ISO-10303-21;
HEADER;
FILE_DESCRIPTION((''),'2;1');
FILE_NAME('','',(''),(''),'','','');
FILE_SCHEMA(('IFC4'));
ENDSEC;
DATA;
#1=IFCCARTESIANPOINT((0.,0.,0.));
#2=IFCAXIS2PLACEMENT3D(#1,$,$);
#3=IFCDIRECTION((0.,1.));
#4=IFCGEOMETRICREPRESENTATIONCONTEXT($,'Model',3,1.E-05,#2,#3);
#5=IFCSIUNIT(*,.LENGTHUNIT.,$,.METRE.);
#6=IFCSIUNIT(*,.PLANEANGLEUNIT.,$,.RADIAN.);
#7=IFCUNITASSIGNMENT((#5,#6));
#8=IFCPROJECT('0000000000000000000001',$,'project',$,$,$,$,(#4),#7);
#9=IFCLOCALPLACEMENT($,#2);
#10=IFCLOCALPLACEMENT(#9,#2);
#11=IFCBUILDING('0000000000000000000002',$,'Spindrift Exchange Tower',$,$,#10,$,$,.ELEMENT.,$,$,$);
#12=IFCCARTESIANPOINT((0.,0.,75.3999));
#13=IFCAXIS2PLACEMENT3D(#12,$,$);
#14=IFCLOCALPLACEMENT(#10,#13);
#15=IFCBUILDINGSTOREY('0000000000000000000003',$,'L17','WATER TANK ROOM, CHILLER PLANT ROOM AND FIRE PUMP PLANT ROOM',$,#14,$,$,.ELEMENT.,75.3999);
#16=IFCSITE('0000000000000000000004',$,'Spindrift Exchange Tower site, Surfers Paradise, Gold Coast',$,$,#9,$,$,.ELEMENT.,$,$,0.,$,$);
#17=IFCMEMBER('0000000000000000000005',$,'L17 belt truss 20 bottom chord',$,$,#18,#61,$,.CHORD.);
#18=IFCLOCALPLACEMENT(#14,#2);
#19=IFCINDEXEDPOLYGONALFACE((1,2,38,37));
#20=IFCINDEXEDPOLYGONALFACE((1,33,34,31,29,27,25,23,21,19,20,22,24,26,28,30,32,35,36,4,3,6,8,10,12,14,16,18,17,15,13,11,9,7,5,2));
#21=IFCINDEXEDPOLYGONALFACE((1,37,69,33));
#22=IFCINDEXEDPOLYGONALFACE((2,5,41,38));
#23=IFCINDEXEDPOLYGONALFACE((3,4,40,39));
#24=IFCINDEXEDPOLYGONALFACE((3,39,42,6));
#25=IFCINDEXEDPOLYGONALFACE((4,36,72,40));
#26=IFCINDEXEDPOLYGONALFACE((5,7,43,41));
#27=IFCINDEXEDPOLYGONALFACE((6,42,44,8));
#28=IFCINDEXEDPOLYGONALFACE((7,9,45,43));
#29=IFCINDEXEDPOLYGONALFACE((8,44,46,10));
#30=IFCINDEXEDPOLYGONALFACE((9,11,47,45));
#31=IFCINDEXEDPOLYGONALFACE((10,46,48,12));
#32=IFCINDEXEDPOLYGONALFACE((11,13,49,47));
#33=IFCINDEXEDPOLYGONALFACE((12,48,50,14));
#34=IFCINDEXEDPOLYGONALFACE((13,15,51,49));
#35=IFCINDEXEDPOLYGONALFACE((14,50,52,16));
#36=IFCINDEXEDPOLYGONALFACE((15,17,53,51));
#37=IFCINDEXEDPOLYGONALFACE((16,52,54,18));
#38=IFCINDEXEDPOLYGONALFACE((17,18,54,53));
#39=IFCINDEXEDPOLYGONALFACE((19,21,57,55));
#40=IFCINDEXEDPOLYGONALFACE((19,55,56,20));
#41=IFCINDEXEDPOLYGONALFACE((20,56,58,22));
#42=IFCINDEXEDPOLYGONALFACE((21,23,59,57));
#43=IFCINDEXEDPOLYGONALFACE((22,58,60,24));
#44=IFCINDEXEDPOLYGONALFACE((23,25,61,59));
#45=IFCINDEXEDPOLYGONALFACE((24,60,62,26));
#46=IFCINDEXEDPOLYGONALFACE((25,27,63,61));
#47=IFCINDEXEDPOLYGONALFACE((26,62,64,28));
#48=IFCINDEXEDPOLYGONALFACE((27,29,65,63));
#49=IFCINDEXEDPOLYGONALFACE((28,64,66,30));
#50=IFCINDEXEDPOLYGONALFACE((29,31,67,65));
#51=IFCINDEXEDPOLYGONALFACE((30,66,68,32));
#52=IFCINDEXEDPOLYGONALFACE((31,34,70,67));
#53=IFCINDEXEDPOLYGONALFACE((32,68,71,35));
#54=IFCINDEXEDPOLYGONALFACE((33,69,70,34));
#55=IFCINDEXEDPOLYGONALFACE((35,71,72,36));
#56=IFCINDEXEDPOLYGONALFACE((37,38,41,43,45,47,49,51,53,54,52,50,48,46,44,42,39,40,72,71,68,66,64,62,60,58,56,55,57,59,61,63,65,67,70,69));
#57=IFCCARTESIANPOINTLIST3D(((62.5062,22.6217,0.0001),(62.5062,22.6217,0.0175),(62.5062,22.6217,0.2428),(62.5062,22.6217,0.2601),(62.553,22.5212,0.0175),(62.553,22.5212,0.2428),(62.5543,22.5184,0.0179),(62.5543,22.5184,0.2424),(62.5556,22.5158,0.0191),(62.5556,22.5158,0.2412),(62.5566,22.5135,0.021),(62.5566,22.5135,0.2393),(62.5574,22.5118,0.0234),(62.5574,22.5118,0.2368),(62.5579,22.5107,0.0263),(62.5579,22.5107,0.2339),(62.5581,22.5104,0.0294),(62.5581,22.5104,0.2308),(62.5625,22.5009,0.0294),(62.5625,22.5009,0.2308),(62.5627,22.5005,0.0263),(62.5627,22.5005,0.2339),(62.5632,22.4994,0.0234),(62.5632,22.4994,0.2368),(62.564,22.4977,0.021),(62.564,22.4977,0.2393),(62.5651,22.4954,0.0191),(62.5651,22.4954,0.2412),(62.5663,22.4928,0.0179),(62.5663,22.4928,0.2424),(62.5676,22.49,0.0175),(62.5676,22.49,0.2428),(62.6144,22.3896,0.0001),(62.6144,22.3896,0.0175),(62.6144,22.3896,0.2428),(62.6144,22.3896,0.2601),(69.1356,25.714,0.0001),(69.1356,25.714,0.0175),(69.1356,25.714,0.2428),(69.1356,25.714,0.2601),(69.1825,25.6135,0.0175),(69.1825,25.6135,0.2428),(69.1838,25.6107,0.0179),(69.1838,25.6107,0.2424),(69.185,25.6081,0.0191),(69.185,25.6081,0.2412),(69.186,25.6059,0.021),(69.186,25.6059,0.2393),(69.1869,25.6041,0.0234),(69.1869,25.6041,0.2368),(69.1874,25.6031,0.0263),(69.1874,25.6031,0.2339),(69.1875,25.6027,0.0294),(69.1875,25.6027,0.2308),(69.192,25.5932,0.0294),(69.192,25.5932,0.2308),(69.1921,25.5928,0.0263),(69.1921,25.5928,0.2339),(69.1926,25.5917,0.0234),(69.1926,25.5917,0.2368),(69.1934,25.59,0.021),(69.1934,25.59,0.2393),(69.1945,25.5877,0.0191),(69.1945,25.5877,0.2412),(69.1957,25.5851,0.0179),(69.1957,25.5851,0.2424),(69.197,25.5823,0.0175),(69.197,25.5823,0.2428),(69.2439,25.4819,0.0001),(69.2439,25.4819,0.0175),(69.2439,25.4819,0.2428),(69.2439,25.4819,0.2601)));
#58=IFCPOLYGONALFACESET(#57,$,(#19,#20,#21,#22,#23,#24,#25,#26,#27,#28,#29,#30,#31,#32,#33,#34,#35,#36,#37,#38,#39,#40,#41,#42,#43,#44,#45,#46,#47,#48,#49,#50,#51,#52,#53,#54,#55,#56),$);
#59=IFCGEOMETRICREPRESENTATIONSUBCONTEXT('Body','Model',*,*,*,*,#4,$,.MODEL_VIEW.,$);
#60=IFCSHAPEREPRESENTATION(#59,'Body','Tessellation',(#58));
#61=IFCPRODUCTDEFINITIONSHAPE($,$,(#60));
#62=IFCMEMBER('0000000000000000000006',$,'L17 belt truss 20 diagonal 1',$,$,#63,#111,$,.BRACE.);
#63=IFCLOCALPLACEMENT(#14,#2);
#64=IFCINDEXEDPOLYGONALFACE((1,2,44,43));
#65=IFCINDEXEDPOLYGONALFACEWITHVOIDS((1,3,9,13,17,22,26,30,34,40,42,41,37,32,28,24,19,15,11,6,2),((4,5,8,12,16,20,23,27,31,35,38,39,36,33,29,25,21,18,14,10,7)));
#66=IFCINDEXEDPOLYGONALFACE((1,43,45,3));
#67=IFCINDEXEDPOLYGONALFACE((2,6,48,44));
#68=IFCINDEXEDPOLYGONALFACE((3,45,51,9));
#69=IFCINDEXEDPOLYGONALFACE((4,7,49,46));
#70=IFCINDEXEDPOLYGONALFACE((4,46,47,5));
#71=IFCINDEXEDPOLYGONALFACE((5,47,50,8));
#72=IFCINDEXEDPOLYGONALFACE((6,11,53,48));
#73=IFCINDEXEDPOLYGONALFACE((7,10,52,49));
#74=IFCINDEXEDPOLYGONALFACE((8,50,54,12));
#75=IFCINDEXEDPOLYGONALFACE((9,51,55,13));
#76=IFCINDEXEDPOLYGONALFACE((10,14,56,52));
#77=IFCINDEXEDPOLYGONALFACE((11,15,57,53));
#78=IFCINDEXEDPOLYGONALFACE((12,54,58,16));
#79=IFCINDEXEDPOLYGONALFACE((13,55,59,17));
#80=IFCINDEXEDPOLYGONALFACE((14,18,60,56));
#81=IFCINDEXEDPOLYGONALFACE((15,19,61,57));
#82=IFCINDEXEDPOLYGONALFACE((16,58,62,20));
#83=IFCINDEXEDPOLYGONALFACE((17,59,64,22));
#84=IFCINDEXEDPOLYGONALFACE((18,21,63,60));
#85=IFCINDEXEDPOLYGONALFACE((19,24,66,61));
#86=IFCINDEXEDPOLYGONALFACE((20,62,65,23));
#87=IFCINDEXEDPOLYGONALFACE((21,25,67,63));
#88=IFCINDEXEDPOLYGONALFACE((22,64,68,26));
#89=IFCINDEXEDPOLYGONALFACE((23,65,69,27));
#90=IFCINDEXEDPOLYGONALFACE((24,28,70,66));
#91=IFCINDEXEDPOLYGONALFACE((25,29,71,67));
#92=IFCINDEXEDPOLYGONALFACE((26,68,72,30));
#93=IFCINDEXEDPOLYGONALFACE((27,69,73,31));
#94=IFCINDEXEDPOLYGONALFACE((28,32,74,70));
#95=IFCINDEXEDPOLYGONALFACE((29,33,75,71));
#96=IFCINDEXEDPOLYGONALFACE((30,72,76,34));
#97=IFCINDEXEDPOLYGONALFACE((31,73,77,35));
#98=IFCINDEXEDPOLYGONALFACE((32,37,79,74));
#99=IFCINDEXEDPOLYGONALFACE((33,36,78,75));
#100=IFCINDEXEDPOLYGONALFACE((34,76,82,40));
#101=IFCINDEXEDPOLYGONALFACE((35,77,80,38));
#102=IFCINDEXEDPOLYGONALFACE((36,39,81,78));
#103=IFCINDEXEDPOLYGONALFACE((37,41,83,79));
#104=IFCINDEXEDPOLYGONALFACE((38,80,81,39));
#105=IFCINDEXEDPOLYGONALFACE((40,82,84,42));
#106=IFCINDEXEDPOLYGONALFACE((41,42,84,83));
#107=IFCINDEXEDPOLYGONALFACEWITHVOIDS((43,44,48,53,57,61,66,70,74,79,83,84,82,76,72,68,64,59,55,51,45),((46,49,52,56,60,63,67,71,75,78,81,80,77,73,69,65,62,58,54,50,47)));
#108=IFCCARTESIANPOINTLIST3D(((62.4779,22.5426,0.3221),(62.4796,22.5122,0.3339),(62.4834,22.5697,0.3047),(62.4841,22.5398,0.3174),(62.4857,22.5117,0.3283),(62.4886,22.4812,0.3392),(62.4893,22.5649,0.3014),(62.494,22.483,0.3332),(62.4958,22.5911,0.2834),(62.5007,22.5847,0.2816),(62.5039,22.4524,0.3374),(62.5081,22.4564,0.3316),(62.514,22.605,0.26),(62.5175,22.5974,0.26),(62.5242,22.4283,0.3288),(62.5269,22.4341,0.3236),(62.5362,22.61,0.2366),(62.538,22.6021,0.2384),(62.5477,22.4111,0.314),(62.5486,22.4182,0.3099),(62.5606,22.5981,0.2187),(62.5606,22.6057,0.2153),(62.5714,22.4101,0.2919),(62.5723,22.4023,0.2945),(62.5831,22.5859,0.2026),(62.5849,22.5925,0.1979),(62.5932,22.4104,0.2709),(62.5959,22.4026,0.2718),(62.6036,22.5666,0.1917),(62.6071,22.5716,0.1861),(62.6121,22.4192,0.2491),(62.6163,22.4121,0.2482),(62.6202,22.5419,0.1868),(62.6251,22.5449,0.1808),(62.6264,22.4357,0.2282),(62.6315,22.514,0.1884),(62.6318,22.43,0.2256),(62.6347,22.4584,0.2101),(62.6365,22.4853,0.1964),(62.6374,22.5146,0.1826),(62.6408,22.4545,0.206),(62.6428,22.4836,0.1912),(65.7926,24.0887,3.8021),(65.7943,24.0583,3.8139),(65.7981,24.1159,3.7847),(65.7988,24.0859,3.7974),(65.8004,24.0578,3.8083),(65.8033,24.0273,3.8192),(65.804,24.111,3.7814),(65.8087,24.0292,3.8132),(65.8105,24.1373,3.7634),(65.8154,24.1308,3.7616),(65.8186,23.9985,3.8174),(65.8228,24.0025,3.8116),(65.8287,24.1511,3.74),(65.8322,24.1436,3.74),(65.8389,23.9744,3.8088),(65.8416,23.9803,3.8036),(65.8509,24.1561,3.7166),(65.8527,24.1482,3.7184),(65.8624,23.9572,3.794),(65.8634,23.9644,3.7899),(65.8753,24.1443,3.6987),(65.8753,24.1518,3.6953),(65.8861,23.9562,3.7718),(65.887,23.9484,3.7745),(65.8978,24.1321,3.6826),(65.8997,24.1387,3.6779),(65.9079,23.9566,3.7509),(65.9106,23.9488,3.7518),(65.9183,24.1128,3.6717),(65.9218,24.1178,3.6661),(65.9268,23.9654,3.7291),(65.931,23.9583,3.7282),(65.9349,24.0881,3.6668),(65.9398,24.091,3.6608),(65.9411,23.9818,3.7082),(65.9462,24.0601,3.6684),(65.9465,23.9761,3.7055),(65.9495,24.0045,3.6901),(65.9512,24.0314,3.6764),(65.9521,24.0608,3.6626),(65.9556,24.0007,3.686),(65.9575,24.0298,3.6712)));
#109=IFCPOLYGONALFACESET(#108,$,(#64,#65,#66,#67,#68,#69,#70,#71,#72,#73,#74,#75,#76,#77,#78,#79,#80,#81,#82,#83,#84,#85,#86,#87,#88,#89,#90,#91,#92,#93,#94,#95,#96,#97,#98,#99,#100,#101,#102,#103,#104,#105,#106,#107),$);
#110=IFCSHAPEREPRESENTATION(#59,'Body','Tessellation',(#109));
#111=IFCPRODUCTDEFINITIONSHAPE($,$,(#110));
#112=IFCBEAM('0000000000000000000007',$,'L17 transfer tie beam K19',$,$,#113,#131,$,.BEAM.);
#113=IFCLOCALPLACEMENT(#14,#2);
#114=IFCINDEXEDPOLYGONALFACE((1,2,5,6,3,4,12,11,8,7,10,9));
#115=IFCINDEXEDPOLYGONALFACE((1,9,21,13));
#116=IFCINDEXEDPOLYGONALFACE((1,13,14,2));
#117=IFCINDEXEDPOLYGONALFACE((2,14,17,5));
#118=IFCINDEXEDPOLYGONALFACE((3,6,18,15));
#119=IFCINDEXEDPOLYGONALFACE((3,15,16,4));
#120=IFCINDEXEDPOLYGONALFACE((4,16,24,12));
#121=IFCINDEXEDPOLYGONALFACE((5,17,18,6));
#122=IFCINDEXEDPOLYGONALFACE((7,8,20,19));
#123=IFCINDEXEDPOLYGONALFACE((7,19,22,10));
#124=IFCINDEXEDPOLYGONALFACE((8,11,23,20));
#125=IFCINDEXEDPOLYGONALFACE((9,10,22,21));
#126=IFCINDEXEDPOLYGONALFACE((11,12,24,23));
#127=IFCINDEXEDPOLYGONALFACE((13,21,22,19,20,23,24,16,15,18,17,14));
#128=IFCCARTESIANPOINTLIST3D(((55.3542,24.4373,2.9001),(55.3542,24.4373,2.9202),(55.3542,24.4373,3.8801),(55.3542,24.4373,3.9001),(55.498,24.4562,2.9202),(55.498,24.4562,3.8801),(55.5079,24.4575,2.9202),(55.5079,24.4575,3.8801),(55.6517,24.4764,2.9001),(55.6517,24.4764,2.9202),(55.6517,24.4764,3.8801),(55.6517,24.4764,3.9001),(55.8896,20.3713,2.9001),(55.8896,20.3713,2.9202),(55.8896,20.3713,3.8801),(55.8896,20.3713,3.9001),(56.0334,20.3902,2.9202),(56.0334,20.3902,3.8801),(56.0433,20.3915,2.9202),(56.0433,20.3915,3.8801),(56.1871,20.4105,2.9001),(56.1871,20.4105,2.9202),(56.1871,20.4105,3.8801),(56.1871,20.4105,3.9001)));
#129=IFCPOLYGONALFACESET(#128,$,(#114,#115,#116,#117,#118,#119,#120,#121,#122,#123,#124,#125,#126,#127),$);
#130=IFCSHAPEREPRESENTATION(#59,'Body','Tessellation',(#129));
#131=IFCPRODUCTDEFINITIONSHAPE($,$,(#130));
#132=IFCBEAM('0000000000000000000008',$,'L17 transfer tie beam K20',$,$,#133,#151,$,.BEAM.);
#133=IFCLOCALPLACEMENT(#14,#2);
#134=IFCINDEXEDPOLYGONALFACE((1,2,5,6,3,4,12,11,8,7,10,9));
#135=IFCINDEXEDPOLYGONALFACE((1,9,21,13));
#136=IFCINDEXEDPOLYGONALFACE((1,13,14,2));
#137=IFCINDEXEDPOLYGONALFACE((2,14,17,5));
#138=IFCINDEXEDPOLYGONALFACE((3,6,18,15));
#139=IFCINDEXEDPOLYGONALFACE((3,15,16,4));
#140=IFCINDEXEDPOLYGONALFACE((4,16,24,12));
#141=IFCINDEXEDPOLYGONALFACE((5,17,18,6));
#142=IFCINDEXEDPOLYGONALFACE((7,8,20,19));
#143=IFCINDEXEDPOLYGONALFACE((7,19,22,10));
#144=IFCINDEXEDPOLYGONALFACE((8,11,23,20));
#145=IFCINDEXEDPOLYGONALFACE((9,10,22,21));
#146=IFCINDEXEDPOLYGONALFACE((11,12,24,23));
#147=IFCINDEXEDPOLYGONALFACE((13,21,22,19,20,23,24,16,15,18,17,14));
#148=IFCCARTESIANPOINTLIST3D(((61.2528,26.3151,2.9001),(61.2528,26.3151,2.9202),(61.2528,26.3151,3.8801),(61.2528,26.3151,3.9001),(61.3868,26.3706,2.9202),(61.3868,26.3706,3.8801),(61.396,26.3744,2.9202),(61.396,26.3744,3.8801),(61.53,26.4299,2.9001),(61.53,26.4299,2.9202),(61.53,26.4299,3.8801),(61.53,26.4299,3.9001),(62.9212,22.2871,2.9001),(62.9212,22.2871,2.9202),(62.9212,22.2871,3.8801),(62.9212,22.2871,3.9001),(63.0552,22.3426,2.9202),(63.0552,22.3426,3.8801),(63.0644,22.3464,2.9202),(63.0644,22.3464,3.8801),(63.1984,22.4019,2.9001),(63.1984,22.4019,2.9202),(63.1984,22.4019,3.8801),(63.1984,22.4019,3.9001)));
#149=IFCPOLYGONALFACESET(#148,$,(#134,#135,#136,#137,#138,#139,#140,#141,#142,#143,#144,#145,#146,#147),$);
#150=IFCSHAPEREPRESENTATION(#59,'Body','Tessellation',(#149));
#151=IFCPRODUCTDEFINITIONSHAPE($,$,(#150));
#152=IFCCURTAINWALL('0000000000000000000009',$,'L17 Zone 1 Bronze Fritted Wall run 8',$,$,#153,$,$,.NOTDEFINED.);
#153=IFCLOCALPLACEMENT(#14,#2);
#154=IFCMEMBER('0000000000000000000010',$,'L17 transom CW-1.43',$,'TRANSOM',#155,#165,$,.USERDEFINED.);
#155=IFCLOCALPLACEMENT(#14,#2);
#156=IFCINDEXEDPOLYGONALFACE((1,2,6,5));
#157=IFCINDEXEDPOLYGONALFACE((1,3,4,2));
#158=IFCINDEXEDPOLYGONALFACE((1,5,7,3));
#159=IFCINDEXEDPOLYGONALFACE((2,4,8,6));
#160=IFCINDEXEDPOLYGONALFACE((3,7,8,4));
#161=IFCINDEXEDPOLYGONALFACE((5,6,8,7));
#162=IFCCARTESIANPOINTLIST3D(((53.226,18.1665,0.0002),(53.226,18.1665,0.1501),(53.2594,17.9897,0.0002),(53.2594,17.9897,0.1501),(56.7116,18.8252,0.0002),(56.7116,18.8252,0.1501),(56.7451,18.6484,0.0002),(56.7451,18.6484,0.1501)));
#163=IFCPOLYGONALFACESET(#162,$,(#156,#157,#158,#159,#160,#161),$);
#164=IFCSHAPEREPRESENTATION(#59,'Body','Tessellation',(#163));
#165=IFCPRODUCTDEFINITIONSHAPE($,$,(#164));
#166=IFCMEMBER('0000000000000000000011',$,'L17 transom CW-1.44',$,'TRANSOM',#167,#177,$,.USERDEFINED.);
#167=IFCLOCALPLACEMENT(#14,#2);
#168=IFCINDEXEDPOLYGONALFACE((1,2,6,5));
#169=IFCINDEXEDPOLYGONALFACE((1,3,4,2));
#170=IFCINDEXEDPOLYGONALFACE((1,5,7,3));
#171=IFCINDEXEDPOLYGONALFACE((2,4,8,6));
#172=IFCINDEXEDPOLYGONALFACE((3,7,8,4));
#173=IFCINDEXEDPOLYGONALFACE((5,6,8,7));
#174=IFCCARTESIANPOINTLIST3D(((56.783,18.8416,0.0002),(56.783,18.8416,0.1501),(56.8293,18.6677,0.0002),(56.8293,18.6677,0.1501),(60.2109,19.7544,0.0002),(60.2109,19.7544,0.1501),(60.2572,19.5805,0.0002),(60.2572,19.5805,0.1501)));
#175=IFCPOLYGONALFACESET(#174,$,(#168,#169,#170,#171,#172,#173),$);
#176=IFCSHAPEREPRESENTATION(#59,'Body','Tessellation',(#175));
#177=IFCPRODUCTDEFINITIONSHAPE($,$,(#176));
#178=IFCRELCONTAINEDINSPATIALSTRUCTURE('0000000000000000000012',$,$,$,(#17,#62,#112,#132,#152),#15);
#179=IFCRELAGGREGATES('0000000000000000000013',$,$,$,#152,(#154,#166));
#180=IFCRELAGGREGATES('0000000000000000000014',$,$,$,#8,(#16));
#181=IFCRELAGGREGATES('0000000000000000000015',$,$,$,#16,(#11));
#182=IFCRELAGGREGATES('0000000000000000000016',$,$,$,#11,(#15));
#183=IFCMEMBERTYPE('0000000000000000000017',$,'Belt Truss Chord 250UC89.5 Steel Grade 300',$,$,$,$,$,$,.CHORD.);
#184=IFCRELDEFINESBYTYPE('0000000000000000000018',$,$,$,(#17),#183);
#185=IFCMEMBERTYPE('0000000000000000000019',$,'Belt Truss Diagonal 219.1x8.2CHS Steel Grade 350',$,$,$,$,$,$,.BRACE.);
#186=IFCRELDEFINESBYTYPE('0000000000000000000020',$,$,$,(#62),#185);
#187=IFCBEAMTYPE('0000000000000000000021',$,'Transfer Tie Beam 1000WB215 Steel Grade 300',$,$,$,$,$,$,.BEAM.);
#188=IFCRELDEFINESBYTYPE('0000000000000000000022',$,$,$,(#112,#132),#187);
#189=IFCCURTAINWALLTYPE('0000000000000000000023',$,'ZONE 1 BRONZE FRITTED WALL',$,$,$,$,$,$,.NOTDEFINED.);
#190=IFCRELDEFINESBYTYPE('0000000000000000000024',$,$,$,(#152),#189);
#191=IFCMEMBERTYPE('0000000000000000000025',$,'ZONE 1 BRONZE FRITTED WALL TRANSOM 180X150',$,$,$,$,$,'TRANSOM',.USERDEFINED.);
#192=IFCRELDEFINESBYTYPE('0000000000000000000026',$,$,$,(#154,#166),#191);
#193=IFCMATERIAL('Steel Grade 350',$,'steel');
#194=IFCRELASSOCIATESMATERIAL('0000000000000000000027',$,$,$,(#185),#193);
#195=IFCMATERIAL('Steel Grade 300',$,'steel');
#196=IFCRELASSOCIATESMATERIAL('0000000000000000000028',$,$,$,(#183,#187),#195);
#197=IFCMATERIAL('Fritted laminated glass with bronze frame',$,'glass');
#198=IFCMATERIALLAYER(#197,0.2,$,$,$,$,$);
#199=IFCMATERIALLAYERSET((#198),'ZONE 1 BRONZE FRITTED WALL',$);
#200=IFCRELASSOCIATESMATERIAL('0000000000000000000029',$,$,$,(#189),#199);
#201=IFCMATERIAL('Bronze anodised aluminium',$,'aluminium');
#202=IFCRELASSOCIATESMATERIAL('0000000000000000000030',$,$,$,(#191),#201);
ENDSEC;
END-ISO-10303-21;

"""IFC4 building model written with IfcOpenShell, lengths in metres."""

from ifc_helpers import new_model, si_unit, direction, frame, origin, origin_2d, place, context, subcontext, project, spatial, rectangle, hollow_circle, i_section, extrude, source, transform, mapped, material, layer, layer_set, material_profile, profile_set, type_object, element, aggregate, save


model = new_model("IFC4")

# Units and contexts
model_context = context("Model", 3, precision=1e-05, world=origin(), true_north=direction((0.0, 1.0)))
body_context = subcontext(model_context, "Body", "Model", "MODEL_VIEW")
ifc_project = project(units=[si_unit("LENGTHUNIT", "METRE"), si_unit("PLANEANGLEUNIT", "RADIAN")], contexts=[model_context])

# Site, building, storey
site_placement = place(None, origin())
site = spatial("IfcSite", under=ifc_project, at=site_placement, Name="Spindrift Exchange Tower site, Surfers Paradise, Gold Coast", CompositionType="ELEMENT", RefElevation=0.0)
building_placement = place(site_placement, origin())
building = spatial("IfcBuilding", under=site, at=building_placement, Name="Spindrift Exchange Tower", CompositionType="ELEMENT")
storey_placement = place(building_placement, frame((0.0, 0.0, 75.3999)))
storey = spatial("IfcBuildingStorey", under=building, at=storey_placement, Name="L17", Description="WATER TANK ROOM, CHILLER PLANT ROOM AND FIRE PUMP PLANT ROOM", CompositionType="ELEMENT", Elevation=75.3999)

# Shared definitions
ifc_material_1 = material(Name="Steel Grade 300", Category="steel")

# Members
ifc_material_2 = material(Name="Steel Grade 350", Category="steel")
ifc_material_profile_1 = material_profile(ifc_material_2, hollow_circle(Radius=0.1096, WallThickness=0.0083, at=origin_2d()), Name="219.1x8.2CHS")
ifc_profile_set_1 = profile_set([ifc_material_profile_1], Name="Steel Grade 350")
member_type_1 = type_object("IfcMemberType", Name="Belt Truss Diagonal 219.1x8.2CHS Steel Grade 350", PredefinedType="BRACE", material=ifc_profile_set_1)
ifc_material_profile_2 = material_profile(ifc_material_1, i_section(OverallWidth=0.2561, OverallDepth=0.26, WebThickness=0.0105, FlangeThickness=0.0173, FilletRadius=0.012, at=origin_2d()), Name="250UC89.5")
ifc_profile_set_2 = profile_set([ifc_material_profile_2], Name="Steel Grade 300")
member_type_2 = type_object("IfcMemberType", Name="Belt Truss Chord 250UC89.5 Steel Grade 300", PredefinedType="CHORD", material=ifc_profile_set_2)
shared_shape_1 = source(origin(), body_context, "Body", "SweptSolid", [
    extrude(i_section(OverallWidth=0.2561, OverallDepth=0.26, WebThickness=0.0105, FlangeThickness=0.0173, FilletRadius=0.012, at=origin_2d()), origin(), (0.0, 0.0, 1.0), 7.3152),
])
for number, where, z_axis, x_axis, name in (
    (1, (62.5603, 22.5056, 0.1301), (0.906258, 0.422725, 0.0), (-0.422725, 0.906258, 0.0), "L17 belt truss 20 bottom chord"),
):
    element("IfcMember", number, at=place(storey_placement, frame(where, z_axis=z_axis, x_axis=x_axis)), inside=storey, type_object=member_type_2, Name=name, PredefinedType="CHORD", context=body_context, shape_type="MappedRepresentation", body=[
        mapped(shared_shape_1, transform((0.0, 0.0, 0.0), scale=1.0)),
    ])
shared_shape_2 = source(origin(), body_context, "Body", "SweptSolid", [
    extrude(hollow_circle(Radius=0.1096, WallThickness=0.0083, at=origin_2d()), origin(), (0.0, 0.0, 1.0), 5.0486),
])
member_1_placement = place(storey_placement, frame((62.5603, 22.5056, 0.26), z_axis=(0.656562, 0.306254, 0.689301), x_axis=(-0.422725, 0.906258, 0.0)))
element("IfcMember", 2, at=member_1_placement, inside=storey, type_object=member_type_1, Name="L17 belt truss 20 diagonal 1", PredefinedType="BRACE", context=body_context, shape_type="MappedRepresentation", body=[
    mapped(shared_shape_2, transform((0.0, 0.0, 0.0), scale=1.0)),
])

# Beams
ifc_material_profile_3 = material_profile(ifc_material_1, i_section(OverallWidth=0.3, OverallDepth=1.0, WebThickness=0.01, FlangeThickness=0.02, at=origin_2d()), Name="1000WB215")
ifc_profile_set_3 = profile_set([ifc_material_profile_3], Name="Steel Grade 300")
beam_type_1 = type_object("IfcBeamType", Name="Transfer Tie Beam 1000WB215 Steel Grade 300", PredefinedType="BEAM", material=ifc_profile_set_3)
shared_shape_3 = source(origin(), body_context, "Body", "SweptSolid", [
    extrude(i_section(OverallWidth=0.3, OverallDepth=1.0, WebThickness=0.01, FlangeThickness=0.02, at=origin_2d()), origin(), (0.0, 0.0, 1.0), 4.1011),
])
beam_1_placement = place(storey_placement, frame((56.0383, 20.3909, 3.4001), z_axis=(-0.130553, 0.991441, 0.0), x_axis=(-0.991441, -0.130553, 0.0)))
element("IfcBeam", 3, at=beam_1_placement, inside=storey, type_object=beam_type_1, Name="L17 transfer tie beam K19", PredefinedType="BEAM", context=body_context, shape_type="MappedRepresentation", body=[
    mapped(shared_shape_3, transform((0.0, 0.0, 0.0), scale=1.0)),
])
shared_shape_4 = source(origin(), body_context, "Body", "SweptSolid", [
    extrude(i_section(OverallWidth=0.3, OverallDepth=1.0, WebThickness=0.01, FlangeThickness=0.02, at=origin_2d()), origin(), (0.0, 0.0, 1.0), 4.3599),
])
beam_2_placement = place(storey_placement, frame((63.0598, 22.3445, 3.4001), z_axis=(-0.382678, 0.923882, 0.0), x_axis=(-0.923882, -0.382678, 0.0)))
element("IfcBeam", 4, at=beam_2_placement, inside=storey, type_object=beam_type_1, Name="L17 transfer tie beam K20", PredefinedType="BEAM", context=body_context, shape_type="MappedRepresentation", body=[
    mapped(shared_shape_4, transform((0.0, 0.0, 0.0), scale=1.0)),
])

# Curtain wall, members
ifc_material_3 = material(Name="Fritted laminated glass with bronze frame", Category="glass")
ifc_layer_1 = layer(ifc_material_3, 0.2)
ifc_layer_set_1 = layer_set([ifc_layer_1], Name="ZONE 1 BRONZE FRITTED WALL")
curtain_wall_type = type_object("IfcCurtainWallType", Name="ZONE 1 BRONZE FRITTED WALL", PredefinedType="NOTDEFINED", material=ifc_layer_set_1)
curtain_wall_1_placement = place(storey_placement, origin())
curtain_wall_1 = element("IfcCurtainWall", 5, at=curtain_wall_1_placement, inside=storey, type_object=curtain_wall_type, Name="L17 Zone 1 Bronze Fritted Wall run 8", PredefinedType="NOTDEFINED")
ifc_material_4 = material(Name="Bronze anodised aluminium", Category="aluminium")
ifc_material_profile_4 = material_profile(ifc_material_4, rectangle(XDim=0.1799, YDim=0.1499, at=origin_2d()), Name="ZONE 1 BRONZE FRITTED WALL TRANSOM 180X150")
ifc_profile_set_4 = profile_set([ifc_material_profile_4], Name="Bronze anodised aluminium")
member_type_3 = type_object("IfcMemberType", Name="ZONE 1 BRONZE FRITTED WALL TRANSOM 180X150", ElementType="TRANSOM", PredefinedType="USERDEFINED", material=ifc_profile_set_4)
shared_shape_5 = source(origin(), body_context, "Body", "SweptSolid", [
    extrude(rectangle(XDim=0.1799, YDim=0.1499, at=origin_2d()), origin(), (0.0, 0.0, 1.0), 3.5474),
])
member_2_placement = place(storey_placement, frame((53.2427, 18.0781, 0.0752), z_axis=(0.982609, 0.185689, 0.0), x_axis=(-0.185689, 0.982609, 0.0)))
member_2 = element("IfcMember", 6, at=member_2_placement, type_object=member_type_3, Name="L17 transom CW-1.43", ObjectType="TRANSOM", PredefinedType="USERDEFINED", context=body_context, shape_type="MappedRepresentation", body=[
    mapped(shared_shape_5, transform((0.0, 0.0, 0.0), scale=1.0)),
])
member_3_placement = place(storey_placement, frame((56.8062, 18.7546, 0.0752), z_axis=(0.966325, 0.257324, 0.0), x_axis=(-0.257324, 0.966325, 0.0)))
member_3 = element("IfcMember", 7, at=member_3_placement, type_object=member_type_3, Name="L17 transom CW-1.44", ObjectType="TRANSOM", PredefinedType="USERDEFINED", context=body_context, shape_type="MappedRepresentation", body=[
    mapped(shared_shape_5, transform((0.0, 0.0, 0.0), scale=1.0)),
])

aggregate(curtain_wall_1, [member_2, member_3])

save(model, "model.ifc")
